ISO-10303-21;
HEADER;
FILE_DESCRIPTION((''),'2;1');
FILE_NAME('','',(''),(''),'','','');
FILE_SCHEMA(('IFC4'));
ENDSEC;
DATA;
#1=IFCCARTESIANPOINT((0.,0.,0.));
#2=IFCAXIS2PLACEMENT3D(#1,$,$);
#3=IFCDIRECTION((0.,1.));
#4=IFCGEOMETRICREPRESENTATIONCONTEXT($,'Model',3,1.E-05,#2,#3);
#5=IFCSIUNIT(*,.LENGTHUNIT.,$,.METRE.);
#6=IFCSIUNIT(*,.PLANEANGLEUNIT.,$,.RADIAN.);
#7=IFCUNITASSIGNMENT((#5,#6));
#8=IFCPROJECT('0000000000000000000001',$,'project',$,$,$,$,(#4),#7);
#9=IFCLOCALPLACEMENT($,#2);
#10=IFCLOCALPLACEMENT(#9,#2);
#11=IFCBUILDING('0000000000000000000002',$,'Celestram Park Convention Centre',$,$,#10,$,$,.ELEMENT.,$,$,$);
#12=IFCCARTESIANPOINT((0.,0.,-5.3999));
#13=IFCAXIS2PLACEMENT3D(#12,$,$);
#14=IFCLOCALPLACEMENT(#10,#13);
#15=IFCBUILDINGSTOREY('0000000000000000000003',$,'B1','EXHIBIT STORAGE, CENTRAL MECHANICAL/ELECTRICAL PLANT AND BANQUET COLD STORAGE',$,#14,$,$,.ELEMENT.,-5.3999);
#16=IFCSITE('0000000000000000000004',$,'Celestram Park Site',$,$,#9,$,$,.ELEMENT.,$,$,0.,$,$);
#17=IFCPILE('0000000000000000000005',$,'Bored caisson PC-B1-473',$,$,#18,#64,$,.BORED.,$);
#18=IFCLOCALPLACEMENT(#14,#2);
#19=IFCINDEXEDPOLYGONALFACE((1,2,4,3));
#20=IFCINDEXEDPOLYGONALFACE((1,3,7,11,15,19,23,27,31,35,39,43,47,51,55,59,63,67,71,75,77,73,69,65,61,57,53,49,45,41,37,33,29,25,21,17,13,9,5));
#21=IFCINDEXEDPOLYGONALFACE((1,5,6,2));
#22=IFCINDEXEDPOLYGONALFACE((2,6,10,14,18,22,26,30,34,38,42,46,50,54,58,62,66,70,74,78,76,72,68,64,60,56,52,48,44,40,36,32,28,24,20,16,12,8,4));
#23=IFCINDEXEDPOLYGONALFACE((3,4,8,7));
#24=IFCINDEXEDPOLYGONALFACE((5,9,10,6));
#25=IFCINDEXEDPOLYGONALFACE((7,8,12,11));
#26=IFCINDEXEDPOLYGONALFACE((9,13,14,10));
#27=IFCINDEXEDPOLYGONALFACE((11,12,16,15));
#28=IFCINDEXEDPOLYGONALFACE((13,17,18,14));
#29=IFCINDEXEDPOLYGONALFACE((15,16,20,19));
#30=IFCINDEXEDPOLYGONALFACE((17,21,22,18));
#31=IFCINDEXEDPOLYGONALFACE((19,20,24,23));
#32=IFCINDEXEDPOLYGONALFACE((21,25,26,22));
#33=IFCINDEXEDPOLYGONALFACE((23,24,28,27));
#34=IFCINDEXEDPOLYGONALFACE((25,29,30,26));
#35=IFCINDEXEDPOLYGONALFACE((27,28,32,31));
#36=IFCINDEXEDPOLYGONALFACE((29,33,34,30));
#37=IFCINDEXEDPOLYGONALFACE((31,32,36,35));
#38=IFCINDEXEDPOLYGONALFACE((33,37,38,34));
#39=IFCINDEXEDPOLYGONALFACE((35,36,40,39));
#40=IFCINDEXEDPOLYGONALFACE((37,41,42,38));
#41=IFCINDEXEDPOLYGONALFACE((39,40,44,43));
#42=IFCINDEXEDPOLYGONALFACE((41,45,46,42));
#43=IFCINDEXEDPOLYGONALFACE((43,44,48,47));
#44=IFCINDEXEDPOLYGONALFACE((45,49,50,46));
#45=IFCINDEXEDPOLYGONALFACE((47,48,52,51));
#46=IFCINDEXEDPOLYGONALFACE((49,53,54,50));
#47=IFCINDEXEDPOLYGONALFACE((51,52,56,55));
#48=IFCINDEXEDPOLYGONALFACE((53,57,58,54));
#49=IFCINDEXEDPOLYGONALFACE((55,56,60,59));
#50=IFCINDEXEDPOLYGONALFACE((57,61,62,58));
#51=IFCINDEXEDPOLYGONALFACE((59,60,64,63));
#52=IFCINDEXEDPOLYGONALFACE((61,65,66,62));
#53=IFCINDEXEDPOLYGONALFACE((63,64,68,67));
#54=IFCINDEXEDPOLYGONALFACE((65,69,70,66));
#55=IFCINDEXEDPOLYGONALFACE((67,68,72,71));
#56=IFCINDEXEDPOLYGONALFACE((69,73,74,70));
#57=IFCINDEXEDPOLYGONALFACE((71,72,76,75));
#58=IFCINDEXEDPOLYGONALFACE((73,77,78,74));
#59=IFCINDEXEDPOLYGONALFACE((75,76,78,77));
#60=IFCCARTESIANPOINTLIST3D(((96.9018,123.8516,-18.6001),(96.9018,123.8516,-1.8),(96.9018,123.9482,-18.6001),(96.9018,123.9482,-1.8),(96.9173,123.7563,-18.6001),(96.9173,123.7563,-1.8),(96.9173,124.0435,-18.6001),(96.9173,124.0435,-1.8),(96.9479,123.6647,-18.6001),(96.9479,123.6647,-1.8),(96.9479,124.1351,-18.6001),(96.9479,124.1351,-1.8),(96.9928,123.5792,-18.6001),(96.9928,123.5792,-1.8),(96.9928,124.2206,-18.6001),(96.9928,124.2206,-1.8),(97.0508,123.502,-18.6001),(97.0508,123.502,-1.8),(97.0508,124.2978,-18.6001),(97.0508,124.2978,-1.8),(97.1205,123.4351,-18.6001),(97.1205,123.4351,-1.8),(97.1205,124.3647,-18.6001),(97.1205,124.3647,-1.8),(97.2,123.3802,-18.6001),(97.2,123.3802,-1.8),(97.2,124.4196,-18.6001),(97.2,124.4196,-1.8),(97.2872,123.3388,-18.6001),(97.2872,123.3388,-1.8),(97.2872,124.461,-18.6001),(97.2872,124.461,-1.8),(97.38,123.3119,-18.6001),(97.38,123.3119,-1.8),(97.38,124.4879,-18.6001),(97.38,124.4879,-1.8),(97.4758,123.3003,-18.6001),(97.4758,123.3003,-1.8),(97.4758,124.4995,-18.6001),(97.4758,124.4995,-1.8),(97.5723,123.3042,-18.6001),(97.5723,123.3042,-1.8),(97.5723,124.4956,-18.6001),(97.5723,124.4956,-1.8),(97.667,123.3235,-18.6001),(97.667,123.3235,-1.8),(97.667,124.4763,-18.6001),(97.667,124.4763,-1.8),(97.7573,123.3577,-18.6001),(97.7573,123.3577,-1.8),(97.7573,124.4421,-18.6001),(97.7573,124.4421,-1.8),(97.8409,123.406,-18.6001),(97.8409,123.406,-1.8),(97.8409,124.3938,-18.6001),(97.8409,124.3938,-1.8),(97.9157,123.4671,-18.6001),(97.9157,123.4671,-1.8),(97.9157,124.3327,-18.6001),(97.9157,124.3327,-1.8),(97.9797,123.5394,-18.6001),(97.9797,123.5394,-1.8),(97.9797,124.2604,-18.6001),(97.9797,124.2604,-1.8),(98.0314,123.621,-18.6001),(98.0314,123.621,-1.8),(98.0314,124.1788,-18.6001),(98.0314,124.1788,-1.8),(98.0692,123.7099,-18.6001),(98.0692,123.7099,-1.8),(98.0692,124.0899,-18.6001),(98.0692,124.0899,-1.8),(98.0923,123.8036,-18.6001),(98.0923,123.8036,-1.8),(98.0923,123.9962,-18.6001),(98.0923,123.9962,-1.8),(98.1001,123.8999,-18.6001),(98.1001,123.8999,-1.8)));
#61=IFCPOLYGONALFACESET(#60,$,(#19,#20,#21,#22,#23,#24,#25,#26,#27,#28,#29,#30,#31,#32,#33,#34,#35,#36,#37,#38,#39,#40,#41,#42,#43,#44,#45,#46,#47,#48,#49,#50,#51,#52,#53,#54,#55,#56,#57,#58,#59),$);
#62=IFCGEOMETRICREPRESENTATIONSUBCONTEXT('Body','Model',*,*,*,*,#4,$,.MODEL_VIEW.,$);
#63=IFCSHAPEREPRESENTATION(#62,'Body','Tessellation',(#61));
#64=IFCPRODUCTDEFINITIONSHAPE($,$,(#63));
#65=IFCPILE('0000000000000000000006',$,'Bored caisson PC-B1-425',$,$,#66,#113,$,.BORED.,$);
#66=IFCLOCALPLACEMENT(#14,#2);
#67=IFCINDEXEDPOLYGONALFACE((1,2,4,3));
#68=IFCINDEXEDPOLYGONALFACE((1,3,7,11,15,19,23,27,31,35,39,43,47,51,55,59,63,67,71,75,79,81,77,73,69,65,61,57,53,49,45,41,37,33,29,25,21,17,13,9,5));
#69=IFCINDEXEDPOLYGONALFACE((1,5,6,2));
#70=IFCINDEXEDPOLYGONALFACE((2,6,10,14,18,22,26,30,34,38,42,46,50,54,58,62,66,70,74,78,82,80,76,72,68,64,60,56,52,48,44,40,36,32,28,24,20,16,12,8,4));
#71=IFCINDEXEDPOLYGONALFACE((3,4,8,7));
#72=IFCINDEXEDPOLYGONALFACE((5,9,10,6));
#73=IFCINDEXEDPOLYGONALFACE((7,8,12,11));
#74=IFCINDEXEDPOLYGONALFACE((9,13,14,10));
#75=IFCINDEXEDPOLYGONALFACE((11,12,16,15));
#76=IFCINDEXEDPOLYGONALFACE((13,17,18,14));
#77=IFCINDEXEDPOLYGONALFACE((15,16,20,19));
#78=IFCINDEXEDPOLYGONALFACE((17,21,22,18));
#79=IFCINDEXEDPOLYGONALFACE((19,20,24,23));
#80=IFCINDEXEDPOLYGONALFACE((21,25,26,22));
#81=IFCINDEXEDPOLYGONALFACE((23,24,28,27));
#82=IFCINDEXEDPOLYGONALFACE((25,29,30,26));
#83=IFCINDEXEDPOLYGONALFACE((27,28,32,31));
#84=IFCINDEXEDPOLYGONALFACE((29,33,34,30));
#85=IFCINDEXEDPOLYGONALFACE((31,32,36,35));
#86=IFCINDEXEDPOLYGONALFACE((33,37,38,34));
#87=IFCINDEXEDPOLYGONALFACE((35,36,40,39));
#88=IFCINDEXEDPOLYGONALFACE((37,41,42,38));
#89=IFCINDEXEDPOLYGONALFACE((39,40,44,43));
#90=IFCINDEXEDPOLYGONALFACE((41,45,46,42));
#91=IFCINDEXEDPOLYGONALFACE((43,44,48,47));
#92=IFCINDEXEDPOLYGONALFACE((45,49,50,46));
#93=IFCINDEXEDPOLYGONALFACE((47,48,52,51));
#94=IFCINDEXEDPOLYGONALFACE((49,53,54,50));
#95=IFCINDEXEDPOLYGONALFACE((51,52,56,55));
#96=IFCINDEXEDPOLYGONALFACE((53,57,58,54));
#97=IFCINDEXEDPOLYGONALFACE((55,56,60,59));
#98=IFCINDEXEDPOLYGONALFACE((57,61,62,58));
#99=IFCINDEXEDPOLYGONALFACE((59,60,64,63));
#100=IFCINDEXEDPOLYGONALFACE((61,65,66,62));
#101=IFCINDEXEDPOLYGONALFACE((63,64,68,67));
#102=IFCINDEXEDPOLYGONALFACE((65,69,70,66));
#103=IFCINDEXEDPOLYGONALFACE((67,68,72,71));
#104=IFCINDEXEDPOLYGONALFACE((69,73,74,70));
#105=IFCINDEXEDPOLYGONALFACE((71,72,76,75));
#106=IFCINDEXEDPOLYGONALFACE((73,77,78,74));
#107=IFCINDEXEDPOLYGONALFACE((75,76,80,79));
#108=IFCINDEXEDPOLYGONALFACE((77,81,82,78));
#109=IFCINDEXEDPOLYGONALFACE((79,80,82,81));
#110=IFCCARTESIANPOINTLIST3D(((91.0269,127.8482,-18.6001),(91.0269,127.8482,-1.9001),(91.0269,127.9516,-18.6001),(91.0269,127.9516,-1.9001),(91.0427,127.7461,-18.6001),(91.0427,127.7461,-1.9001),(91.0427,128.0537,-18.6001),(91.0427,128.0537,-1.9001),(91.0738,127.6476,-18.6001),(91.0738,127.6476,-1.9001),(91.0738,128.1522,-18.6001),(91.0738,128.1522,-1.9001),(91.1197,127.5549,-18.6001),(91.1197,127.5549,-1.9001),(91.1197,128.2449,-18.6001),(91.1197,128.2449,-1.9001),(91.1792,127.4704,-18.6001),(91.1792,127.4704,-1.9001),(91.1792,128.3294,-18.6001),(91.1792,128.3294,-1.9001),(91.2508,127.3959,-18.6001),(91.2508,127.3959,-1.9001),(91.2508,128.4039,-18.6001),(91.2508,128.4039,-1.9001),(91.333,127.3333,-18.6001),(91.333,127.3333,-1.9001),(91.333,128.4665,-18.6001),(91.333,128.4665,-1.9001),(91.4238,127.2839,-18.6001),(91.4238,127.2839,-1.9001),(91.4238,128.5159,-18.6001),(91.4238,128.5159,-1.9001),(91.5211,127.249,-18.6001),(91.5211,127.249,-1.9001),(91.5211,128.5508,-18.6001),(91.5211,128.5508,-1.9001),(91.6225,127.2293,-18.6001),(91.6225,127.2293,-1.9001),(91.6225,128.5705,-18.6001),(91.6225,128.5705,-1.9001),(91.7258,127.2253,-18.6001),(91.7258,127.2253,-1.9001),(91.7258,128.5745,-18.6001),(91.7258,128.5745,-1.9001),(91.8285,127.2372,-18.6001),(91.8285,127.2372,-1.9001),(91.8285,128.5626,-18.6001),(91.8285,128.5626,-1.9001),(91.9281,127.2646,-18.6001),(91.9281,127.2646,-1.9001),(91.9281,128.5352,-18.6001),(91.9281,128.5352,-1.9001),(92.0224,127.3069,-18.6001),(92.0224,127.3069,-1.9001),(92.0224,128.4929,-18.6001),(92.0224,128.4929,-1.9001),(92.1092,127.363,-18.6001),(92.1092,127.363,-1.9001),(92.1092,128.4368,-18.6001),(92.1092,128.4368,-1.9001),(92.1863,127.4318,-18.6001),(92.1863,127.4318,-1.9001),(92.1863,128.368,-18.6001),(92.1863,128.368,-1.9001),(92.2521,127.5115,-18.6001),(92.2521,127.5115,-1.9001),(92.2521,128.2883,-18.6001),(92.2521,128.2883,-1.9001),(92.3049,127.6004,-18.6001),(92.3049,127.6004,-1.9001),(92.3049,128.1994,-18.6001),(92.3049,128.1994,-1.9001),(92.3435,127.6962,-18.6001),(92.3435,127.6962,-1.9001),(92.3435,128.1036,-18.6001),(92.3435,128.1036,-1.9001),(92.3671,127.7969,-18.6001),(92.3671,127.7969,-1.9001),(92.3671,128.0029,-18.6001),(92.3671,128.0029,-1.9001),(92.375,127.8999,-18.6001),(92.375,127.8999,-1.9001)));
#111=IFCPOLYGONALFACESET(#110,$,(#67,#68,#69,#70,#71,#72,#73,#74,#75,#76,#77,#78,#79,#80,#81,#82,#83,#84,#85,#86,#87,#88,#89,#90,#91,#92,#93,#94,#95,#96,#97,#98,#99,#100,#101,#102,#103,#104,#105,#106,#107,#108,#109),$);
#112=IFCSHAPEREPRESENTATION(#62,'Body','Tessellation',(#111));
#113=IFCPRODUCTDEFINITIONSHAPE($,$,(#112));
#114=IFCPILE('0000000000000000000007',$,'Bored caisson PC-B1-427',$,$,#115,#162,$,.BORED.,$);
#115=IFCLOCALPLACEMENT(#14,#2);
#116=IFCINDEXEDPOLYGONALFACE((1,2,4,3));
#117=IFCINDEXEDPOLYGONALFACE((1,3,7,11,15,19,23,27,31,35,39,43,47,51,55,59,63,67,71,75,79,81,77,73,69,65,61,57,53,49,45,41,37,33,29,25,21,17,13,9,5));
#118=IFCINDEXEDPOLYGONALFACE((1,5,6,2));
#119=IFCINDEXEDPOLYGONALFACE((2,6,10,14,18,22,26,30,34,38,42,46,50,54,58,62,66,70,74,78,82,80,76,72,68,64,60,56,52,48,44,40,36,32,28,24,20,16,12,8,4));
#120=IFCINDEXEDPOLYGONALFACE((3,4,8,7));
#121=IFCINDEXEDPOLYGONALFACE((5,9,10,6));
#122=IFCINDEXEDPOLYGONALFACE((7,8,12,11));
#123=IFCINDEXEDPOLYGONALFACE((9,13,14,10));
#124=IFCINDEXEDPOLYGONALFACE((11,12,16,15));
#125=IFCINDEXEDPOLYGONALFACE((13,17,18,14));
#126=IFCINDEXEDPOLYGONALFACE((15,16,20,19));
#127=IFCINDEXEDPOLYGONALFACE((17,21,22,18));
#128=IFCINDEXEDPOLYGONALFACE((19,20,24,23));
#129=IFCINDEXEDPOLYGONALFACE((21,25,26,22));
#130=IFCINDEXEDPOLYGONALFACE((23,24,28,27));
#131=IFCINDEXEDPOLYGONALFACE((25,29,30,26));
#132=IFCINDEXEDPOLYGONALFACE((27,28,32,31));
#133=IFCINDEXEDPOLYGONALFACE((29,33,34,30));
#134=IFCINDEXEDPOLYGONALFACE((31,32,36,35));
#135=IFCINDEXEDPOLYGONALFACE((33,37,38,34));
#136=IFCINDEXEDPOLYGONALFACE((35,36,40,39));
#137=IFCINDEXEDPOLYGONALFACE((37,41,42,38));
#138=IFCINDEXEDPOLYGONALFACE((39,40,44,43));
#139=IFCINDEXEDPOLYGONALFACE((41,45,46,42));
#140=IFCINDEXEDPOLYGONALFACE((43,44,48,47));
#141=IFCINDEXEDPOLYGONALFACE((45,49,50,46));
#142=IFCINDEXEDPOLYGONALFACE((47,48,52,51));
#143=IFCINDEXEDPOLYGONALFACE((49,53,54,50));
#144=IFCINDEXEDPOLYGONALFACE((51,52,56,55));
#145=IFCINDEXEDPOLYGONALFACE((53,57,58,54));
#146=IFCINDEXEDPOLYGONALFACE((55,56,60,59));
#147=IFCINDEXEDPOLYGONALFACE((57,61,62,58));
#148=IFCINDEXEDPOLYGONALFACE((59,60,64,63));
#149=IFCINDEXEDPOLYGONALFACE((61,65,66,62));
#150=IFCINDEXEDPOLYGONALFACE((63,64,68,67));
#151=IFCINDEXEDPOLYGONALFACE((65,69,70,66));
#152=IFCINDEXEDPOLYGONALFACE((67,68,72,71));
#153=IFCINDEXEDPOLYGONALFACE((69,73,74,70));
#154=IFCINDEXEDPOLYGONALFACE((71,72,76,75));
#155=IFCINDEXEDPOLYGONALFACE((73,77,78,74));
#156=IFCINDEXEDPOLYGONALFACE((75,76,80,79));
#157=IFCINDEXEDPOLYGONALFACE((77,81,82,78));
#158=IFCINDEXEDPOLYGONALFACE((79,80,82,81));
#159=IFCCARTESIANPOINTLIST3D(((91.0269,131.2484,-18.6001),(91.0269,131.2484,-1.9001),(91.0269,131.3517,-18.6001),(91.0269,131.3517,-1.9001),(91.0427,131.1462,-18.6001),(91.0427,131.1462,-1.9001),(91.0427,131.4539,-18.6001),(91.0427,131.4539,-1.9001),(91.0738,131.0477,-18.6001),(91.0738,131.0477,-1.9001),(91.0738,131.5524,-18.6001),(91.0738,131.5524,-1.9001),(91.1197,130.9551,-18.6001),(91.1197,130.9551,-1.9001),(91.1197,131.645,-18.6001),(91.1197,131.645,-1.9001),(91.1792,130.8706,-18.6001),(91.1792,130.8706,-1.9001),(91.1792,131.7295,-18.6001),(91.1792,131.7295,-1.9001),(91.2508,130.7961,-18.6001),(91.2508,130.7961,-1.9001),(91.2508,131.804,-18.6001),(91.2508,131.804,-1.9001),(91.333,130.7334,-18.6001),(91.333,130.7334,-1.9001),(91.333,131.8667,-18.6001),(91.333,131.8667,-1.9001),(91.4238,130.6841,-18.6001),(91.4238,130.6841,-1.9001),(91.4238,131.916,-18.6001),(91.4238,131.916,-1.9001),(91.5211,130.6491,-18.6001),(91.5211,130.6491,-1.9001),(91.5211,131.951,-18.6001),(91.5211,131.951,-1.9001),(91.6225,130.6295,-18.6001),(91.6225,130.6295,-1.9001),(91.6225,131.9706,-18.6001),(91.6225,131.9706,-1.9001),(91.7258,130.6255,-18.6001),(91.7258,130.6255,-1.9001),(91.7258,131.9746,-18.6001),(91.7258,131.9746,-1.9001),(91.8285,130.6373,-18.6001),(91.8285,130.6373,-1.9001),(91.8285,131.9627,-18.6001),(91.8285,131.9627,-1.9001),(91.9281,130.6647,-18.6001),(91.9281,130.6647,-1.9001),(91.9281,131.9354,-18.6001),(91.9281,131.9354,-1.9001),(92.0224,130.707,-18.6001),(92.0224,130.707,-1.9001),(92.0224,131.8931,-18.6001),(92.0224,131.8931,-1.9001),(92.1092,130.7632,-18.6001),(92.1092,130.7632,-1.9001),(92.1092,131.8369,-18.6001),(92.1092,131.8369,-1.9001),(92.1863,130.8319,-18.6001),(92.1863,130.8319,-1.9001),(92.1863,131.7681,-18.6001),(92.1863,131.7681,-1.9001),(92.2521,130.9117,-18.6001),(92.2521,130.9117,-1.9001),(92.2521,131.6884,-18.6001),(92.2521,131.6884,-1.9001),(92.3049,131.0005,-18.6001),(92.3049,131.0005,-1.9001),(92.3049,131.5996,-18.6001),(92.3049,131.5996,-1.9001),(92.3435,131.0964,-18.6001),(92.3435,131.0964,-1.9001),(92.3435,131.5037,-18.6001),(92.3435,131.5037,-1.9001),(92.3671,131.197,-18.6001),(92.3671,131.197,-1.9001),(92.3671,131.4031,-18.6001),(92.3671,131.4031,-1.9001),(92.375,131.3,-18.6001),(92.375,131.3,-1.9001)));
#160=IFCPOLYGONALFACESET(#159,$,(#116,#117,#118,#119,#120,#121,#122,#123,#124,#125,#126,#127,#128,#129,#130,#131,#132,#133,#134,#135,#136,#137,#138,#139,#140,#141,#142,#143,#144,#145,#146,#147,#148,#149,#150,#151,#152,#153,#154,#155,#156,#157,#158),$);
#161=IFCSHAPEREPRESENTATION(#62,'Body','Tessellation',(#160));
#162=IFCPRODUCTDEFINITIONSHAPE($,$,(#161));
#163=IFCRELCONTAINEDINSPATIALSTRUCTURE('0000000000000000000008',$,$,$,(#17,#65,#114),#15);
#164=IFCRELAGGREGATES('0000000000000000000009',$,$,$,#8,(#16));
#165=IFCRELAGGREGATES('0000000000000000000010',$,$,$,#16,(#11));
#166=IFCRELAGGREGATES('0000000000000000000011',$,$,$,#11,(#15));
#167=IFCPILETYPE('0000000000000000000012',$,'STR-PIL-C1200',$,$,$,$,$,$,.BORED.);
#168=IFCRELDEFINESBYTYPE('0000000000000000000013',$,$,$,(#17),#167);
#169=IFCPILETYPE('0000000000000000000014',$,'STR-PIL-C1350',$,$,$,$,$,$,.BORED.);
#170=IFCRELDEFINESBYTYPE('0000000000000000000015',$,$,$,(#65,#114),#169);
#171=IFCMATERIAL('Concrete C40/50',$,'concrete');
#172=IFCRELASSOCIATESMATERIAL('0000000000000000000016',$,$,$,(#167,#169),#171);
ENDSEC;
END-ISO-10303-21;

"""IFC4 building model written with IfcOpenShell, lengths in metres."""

from ifc_helpers import new_model, si_unit, direction, frame, origin, origin_2d, place, context, subcontext, project, spatial, circle, extrude, material, material_profile, profile_set, type_object, element, save


model = new_model("IFC4")

# Units and contexts
model_context = context("Model", 3, precision=1e-05, world=origin(), true_north=direction((0.0, 1.0)))
body_context = subcontext(model_context, "Body", "Model", "MODEL_VIEW")
ifc_project = project(units=[si_unit("LENGTHUNIT", "METRE"), si_unit("PLANEANGLEUNIT", "RADIAN")], contexts=[model_context])

# Site, building, storey
site_placement = place(None, origin())
site = spatial("IfcSite", under=ifc_project, at=site_placement, Name="Celestram Park Site", CompositionType="ELEMENT", RefElevation=0.0)
building_placement = place(site_placement, origin())
building = spatial("IfcBuilding", under=site, at=building_placement, Name="Celestram Park Convention Centre", CompositionType="ELEMENT")
storey_placement = place(building_placement, frame((0.0, 0.0, -5.3999)))
storey = spatial("IfcBuildingStorey", under=building, at=storey_placement, Name="B1", Description="EXHIBIT STORAGE, CENTRAL MECHANICAL/ELECTRICAL PLANT AND BANQUET COLD STORAGE", CompositionType="ELEMENT", Elevation=-5.3999)

# Shared definitions
ifc_material_1 = material(Name="Concrete C40/50", Category="concrete")

# Piles
ifc_material_profile_1 = material_profile(ifc_material_1, circle(Radius=0.6001, at=origin_2d()), Name="CAISSON1200")
ifc_profile_set_1 = profile_set([ifc_material_profile_1], Name="Concrete C40/50")
pile_type_1 = type_object("IfcPileType", Name="STR-PIL-C1200", PredefinedType="BORED", material=ifc_profile_set_1)
for number, where, z_axis, x_axis, name in (
    (1, (97.5, 123.8999, -1.8), (0.0, 0.0, -1.0), (1.0, 0.0, 0.0), "Bored caisson PC-B1-473"),
):
    element("IfcPile", number, at=place(storey_placement, frame(where, z_axis=z_axis, x_axis=x_axis)), inside=storey, type_object=pile_type_1, Name=name, PredefinedType="BORED", context=body_context, shape_type="SweptSolid", body=[
        extrude(circle(Radius=0.6001, at=origin_2d()), origin(), (0.0, 0.0, 1.0), 16.8),
    ])
ifc_material_profile_2 = material_profile(ifc_material_1, circle(Radius=0.675, at=origin_2d()), Name="CAISSON1350")
ifc_profile_set_2 = profile_set([ifc_material_profile_2], Name="Concrete C40/50")
pile_type_2 = type_object("IfcPileType", Name="STR-PIL-C1350", PredefinedType="BORED", material=ifc_profile_set_2)
for number, where, z_axis, x_axis, name in (
    (2, (91.7, 127.8999, -1.9001), (0.0, 0.0, -1.0), (1.0, 0.0, 0.0), "Bored caisson PC-B1-425"),
    (3, (91.7, 131.3, -1.9001), (0.0, 0.0, -1.0), (1.0, 0.0, 0.0), "Bored caisson PC-B1-427"),
):
    element("IfcPile", number, at=place(storey_placement, frame(where, z_axis=z_axis, x_axis=x_axis)), inside=storey, type_object=pile_type_2, Name=name, PredefinedType="BORED", context=body_context, shape_type="SweptSolid", body=[
        extrude(circle(Radius=0.675, at=origin_2d()), origin(), (0.0, 0.0, 1.0), 16.7),
    ])

save(model, "model.ifc")
